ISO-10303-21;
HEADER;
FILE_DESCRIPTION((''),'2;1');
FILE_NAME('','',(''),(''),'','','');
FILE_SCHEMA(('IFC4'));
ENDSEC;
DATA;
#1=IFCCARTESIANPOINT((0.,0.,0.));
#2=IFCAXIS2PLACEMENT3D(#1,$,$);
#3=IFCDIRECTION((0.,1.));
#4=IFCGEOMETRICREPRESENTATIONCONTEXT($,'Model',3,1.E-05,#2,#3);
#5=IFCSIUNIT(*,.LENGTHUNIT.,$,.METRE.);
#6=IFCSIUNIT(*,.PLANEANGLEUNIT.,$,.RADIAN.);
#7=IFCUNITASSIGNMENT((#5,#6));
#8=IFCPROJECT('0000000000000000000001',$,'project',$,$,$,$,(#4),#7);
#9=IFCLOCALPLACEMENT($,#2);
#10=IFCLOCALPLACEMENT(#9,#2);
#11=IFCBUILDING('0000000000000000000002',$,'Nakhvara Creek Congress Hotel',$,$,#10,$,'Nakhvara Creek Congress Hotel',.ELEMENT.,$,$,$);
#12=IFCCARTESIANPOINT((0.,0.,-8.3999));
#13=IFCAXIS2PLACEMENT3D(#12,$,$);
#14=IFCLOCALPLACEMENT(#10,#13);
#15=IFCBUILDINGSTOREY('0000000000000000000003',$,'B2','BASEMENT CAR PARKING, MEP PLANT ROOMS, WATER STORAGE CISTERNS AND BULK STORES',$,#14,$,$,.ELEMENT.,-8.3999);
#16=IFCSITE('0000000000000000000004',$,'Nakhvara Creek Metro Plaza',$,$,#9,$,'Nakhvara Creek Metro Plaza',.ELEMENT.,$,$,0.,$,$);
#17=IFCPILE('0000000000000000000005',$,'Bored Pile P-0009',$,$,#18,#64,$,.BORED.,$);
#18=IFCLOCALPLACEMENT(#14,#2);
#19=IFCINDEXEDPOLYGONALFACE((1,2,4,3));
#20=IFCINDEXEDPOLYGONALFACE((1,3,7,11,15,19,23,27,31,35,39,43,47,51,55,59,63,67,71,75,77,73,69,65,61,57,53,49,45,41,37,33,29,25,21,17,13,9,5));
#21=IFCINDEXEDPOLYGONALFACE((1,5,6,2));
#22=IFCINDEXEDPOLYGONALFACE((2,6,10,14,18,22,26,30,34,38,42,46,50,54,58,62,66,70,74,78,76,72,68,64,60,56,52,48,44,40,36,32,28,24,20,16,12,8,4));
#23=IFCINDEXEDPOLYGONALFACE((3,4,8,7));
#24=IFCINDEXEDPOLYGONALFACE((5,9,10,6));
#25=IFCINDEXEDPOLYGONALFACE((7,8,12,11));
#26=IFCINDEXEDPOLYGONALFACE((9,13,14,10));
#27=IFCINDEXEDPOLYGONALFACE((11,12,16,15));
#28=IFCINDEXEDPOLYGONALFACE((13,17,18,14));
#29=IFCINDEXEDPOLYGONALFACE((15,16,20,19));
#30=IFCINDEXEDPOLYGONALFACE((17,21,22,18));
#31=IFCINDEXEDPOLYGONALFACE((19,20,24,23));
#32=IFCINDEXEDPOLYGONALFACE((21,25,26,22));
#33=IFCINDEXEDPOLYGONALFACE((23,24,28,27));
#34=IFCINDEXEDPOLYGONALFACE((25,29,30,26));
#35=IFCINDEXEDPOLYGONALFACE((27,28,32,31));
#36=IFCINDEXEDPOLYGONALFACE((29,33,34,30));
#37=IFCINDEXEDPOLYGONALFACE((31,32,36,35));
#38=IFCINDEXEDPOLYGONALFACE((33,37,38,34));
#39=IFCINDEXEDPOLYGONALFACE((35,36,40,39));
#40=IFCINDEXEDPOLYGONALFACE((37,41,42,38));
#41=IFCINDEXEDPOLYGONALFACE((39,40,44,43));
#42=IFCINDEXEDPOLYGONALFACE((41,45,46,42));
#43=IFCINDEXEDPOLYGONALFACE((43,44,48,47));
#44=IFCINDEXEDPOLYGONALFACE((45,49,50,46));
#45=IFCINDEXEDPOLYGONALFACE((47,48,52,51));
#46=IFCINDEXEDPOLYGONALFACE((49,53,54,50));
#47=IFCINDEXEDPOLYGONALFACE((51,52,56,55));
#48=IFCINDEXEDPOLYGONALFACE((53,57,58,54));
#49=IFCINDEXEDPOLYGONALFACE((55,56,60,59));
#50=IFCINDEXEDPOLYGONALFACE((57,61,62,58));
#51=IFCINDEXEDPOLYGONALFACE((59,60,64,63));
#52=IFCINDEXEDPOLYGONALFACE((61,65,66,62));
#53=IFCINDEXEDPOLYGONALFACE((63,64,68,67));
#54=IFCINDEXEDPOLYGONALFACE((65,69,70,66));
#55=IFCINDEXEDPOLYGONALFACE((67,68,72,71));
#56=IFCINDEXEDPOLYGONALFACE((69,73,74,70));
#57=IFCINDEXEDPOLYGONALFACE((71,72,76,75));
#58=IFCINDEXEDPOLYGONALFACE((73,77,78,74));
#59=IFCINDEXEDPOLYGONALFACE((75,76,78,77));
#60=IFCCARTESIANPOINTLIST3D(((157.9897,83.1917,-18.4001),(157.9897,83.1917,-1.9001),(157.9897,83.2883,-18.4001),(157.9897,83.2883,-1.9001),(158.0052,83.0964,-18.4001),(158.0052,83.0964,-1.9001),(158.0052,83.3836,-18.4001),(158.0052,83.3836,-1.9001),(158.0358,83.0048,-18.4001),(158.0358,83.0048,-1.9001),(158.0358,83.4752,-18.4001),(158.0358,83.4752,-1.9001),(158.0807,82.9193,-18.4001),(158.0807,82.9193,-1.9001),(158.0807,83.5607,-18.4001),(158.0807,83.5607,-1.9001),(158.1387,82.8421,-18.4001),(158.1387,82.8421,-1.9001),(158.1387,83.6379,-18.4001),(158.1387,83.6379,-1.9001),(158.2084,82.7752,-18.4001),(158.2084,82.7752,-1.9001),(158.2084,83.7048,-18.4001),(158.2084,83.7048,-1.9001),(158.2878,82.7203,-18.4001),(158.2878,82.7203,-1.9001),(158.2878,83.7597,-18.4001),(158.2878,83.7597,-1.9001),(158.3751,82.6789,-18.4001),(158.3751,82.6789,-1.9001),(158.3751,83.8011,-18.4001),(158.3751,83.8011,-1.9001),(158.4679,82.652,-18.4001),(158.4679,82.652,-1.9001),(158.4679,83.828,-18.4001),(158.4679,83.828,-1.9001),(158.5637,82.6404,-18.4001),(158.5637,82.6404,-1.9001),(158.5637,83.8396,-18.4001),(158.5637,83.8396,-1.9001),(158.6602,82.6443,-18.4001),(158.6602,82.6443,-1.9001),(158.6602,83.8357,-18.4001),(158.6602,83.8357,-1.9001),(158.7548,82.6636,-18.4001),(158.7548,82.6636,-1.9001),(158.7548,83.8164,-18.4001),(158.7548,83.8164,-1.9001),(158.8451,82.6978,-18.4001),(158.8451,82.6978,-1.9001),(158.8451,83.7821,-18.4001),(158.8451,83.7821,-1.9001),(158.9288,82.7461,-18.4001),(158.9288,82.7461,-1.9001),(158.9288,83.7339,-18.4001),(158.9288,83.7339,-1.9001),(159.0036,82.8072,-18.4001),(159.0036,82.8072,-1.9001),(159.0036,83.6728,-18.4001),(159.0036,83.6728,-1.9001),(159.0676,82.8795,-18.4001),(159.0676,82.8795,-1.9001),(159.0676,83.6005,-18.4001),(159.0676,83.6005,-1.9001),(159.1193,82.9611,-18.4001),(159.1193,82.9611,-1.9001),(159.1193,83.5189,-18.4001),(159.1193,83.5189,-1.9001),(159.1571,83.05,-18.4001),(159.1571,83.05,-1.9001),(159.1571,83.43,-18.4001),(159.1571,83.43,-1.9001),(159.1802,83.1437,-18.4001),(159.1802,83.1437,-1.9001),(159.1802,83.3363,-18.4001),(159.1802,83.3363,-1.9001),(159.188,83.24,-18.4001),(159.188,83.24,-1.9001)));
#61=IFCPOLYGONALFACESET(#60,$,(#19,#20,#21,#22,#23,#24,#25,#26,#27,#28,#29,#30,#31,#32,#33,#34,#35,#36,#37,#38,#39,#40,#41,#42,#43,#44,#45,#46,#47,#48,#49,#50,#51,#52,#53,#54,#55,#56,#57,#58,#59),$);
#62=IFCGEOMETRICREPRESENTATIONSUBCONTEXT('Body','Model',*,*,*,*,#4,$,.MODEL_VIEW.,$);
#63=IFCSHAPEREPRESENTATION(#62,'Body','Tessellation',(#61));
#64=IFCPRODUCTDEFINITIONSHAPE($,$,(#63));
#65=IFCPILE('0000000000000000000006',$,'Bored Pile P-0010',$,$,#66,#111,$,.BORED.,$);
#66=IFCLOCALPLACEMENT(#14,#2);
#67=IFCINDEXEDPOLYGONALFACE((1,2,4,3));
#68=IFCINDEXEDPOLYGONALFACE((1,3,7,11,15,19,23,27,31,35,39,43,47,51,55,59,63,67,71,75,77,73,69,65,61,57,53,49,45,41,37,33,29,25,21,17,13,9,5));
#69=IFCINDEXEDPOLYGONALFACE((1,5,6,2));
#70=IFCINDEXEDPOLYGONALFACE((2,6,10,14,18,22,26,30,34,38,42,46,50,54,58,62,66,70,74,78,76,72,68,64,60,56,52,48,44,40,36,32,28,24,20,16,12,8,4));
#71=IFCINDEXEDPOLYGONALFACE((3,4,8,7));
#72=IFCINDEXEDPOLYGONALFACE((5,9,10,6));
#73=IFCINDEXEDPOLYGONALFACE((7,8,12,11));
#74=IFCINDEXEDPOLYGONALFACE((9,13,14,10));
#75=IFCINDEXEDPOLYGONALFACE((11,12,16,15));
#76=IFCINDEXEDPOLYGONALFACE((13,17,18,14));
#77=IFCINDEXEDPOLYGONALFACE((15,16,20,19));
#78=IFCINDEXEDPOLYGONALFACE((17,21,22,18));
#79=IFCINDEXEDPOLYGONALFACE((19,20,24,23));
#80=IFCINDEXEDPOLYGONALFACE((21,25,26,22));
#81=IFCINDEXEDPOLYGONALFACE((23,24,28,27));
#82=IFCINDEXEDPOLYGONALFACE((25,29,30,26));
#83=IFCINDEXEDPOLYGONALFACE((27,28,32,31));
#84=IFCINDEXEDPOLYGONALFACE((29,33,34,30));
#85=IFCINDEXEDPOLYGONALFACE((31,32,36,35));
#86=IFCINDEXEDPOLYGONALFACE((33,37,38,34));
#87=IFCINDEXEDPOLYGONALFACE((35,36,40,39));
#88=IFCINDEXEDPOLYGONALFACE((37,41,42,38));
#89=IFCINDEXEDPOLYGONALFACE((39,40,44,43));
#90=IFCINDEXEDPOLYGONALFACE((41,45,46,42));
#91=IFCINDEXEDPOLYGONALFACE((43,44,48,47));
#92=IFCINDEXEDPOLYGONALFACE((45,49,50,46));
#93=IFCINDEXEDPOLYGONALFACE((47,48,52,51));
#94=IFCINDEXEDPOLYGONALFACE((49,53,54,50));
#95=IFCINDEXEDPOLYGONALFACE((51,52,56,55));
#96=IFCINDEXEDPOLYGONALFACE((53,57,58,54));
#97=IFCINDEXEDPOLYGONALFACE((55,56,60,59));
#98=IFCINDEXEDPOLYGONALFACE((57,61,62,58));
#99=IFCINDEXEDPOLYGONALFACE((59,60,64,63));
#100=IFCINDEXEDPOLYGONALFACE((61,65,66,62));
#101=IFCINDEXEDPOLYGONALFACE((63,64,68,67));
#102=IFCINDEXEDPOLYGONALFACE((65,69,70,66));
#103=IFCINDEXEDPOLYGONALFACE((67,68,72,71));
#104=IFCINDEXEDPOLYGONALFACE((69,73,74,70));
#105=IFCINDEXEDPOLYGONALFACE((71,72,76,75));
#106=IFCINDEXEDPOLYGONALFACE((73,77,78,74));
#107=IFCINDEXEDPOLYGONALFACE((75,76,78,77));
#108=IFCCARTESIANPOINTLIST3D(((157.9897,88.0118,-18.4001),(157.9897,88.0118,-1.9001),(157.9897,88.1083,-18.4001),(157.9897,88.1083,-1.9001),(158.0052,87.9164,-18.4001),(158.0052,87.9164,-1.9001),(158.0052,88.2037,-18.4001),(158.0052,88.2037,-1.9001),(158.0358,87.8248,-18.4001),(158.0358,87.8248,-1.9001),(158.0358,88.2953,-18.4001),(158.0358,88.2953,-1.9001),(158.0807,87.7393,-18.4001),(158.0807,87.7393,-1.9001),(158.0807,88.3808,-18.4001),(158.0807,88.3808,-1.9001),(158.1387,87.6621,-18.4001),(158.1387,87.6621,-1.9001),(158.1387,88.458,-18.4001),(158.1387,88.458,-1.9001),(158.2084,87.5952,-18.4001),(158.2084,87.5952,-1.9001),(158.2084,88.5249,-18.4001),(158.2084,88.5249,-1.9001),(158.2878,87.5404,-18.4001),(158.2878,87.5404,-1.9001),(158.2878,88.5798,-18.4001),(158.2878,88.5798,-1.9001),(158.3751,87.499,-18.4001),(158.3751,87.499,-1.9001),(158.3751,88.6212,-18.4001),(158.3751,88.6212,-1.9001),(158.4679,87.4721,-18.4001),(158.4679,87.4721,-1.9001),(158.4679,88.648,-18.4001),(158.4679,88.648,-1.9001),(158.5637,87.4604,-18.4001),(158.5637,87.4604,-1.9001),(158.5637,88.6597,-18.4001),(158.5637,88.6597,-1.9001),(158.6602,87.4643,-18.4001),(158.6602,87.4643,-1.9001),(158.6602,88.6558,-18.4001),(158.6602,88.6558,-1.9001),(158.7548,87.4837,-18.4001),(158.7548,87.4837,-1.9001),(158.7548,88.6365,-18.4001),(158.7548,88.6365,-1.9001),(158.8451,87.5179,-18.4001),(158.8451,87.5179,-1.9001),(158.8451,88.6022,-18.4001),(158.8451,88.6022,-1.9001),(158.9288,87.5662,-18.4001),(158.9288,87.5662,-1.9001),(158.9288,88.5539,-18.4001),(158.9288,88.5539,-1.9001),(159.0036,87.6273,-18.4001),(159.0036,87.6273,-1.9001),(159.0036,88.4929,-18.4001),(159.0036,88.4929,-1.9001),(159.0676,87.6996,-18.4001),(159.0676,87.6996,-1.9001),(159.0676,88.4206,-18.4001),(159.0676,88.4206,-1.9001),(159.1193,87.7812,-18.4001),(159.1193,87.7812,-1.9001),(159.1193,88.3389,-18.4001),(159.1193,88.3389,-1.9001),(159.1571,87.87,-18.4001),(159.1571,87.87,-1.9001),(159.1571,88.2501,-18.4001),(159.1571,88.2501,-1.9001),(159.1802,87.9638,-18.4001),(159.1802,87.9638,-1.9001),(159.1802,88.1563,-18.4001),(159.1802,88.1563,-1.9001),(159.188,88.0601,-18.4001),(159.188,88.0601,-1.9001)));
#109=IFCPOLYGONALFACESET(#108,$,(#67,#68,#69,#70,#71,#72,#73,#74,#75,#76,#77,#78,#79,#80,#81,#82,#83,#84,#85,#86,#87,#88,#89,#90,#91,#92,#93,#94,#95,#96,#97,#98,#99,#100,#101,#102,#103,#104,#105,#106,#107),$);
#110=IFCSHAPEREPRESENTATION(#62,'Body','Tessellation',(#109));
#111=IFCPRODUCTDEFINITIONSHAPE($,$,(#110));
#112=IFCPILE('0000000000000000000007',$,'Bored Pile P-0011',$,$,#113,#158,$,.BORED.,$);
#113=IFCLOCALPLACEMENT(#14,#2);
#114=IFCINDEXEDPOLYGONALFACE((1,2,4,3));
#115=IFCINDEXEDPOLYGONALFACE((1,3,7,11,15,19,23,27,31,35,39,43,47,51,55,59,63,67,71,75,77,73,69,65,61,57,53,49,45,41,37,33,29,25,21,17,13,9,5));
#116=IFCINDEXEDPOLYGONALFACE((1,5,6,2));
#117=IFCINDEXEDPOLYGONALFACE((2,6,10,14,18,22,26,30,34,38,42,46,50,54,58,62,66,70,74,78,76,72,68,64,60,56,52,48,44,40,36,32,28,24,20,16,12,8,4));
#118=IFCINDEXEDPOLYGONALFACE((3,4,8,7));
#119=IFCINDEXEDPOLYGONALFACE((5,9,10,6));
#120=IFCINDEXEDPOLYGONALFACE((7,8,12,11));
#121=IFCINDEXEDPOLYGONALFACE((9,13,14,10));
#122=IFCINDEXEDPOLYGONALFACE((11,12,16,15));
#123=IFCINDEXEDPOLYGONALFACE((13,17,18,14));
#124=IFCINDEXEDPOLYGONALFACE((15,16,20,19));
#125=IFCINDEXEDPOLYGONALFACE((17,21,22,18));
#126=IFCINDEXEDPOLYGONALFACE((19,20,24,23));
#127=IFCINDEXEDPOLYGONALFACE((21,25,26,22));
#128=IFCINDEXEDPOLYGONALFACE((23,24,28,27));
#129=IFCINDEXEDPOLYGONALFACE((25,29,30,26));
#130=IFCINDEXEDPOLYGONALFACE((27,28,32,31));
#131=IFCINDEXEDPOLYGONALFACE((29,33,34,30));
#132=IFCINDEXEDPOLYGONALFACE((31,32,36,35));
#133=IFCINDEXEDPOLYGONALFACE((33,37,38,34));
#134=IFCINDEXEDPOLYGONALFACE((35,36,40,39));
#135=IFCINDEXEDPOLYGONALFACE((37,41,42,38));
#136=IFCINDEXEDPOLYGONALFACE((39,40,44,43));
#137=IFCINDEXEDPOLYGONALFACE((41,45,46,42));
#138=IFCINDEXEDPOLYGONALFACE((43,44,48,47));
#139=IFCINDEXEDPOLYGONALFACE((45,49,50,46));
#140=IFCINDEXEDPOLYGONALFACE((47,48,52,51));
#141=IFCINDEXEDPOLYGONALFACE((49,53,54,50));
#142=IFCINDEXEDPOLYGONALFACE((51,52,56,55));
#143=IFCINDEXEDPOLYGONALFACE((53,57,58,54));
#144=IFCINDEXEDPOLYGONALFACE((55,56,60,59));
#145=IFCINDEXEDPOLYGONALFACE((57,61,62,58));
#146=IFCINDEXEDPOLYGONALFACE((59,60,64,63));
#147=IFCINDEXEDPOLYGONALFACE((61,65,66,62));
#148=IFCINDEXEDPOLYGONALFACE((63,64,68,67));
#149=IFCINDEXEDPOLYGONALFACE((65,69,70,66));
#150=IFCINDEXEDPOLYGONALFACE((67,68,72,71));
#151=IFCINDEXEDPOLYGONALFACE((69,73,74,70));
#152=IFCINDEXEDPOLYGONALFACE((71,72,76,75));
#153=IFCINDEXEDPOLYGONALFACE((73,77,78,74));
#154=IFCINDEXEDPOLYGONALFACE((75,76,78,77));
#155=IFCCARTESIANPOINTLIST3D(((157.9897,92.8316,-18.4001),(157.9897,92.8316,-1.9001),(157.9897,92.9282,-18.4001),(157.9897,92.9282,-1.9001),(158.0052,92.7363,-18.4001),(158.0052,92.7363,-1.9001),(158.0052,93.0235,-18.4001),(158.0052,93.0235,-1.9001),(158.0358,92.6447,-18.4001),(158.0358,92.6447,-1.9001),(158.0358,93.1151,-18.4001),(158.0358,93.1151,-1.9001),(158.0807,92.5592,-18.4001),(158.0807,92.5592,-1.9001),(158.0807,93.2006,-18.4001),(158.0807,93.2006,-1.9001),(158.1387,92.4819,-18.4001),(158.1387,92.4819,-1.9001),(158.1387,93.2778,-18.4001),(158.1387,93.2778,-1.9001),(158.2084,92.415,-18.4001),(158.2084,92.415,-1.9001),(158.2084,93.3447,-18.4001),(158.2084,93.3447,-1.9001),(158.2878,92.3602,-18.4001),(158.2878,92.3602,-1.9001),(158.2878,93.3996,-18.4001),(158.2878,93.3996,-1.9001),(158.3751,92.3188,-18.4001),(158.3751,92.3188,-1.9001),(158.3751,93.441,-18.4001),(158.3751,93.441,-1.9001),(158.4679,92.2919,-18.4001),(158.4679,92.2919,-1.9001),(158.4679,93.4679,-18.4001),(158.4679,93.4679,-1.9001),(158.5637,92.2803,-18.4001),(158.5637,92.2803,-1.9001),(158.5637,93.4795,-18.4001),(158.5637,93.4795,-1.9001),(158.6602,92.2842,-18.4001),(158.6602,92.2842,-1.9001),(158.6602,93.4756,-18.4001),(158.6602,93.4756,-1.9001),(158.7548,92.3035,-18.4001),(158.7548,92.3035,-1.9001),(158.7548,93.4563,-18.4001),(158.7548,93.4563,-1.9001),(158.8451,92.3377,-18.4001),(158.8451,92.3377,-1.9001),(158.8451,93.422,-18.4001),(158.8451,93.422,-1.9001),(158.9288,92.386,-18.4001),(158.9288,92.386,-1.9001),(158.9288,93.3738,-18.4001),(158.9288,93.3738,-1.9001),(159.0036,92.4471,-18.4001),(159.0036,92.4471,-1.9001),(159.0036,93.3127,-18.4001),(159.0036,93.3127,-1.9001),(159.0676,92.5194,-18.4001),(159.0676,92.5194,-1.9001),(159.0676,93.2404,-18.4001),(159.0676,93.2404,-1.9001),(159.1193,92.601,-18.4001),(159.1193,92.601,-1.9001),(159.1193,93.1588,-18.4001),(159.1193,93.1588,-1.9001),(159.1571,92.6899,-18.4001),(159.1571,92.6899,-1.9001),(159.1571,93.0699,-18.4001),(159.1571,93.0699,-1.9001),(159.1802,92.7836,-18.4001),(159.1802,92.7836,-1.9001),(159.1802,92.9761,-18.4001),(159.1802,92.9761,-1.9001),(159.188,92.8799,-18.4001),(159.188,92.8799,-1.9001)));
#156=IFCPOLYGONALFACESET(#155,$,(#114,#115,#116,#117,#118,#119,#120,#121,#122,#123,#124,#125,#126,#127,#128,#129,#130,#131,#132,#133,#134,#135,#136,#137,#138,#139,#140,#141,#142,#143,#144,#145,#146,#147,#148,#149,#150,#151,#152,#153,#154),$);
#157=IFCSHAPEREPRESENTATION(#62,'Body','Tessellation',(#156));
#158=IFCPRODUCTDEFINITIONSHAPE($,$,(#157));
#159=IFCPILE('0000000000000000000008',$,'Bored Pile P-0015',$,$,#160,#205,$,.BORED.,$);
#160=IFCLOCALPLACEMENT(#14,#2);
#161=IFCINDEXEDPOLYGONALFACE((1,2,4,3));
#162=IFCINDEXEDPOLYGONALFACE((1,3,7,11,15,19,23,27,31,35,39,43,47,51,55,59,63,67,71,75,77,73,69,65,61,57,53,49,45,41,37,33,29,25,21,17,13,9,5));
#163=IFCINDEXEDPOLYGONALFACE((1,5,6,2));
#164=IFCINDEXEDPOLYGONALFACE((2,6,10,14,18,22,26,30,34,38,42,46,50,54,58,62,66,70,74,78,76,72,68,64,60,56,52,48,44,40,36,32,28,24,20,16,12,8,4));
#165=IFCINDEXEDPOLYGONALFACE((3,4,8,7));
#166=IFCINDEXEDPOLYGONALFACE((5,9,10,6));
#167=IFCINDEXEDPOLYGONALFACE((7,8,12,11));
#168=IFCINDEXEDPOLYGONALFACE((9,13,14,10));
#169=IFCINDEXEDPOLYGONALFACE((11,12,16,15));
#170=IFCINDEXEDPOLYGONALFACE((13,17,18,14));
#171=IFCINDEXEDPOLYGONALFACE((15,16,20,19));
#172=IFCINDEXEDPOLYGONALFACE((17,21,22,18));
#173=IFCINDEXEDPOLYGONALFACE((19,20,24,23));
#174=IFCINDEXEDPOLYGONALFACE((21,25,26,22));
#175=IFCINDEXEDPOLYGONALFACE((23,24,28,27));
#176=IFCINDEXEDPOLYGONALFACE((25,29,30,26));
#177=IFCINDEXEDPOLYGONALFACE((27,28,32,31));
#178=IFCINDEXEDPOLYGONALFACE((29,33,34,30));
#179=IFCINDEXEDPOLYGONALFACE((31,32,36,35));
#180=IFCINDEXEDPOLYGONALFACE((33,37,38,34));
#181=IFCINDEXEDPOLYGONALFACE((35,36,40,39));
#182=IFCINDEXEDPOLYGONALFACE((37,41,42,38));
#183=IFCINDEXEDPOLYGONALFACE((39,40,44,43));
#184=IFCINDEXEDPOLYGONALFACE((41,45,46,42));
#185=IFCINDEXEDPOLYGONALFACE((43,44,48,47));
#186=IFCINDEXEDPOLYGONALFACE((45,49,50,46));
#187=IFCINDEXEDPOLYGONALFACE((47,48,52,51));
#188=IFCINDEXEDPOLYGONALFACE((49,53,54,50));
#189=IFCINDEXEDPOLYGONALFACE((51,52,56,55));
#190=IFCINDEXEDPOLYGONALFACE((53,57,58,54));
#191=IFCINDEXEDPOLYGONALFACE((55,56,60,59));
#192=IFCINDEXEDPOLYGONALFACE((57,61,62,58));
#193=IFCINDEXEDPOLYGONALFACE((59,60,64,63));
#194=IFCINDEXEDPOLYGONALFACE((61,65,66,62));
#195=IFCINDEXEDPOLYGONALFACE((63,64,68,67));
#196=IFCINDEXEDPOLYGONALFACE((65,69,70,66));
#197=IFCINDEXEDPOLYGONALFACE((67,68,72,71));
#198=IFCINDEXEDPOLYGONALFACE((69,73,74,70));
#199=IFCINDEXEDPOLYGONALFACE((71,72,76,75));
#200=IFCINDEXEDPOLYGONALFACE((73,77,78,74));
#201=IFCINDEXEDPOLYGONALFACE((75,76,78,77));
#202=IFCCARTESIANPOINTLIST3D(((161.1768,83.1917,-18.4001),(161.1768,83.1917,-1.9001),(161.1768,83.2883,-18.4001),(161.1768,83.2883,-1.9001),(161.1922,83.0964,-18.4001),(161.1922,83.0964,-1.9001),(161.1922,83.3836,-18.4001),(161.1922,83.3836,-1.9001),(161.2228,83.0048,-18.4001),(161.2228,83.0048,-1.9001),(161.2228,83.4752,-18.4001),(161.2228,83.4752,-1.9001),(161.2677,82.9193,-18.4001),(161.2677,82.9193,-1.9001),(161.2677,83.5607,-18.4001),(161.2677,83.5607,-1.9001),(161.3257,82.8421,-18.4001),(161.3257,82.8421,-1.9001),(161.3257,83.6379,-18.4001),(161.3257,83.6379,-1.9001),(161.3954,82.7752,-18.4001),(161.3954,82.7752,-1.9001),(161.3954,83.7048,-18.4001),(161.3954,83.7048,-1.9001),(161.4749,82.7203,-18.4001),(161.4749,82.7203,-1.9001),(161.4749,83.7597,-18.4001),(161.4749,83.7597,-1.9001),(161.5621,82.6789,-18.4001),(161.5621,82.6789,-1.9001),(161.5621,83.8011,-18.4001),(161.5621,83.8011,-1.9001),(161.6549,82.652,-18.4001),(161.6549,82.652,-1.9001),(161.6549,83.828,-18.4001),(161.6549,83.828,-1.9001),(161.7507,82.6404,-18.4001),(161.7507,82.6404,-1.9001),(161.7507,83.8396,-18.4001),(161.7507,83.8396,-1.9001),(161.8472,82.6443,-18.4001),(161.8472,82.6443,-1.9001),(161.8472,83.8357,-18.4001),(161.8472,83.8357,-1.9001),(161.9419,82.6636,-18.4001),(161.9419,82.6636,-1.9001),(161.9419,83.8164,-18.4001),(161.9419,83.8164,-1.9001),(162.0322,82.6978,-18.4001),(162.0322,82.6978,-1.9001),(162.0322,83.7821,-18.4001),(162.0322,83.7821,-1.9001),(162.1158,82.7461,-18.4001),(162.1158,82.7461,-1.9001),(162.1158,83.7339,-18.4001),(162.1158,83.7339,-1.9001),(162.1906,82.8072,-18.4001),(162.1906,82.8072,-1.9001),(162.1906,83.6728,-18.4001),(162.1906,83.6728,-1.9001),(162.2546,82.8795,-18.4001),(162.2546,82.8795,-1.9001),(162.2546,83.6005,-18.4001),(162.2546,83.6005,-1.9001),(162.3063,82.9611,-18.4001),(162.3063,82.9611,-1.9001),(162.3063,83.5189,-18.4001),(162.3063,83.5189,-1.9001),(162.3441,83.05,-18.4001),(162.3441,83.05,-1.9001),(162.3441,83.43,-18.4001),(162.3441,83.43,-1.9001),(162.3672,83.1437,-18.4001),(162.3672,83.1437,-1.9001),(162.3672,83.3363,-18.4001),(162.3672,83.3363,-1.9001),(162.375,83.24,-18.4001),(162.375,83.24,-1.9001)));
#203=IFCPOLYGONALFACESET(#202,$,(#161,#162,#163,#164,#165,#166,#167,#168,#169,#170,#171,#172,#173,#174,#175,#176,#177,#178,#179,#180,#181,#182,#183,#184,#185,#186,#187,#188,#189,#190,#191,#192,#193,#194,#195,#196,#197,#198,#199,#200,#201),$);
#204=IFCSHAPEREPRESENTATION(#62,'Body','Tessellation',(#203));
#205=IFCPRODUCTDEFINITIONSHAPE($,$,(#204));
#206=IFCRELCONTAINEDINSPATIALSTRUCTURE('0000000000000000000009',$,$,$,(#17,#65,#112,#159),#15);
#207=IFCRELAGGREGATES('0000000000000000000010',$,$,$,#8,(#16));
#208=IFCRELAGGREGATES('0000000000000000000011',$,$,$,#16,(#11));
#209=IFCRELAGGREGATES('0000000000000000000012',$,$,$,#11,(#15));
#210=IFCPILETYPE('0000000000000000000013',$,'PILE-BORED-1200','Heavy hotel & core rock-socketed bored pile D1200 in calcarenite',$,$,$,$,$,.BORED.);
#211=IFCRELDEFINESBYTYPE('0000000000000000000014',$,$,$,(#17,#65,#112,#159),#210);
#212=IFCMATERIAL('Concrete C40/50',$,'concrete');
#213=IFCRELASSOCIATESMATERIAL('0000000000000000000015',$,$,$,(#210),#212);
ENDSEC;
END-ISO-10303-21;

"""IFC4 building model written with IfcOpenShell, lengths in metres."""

from ifc_helpers import new_model, si_unit, direction, frame, origin, origin_2d, place, context, subcontext, project, spatial, circle, extrude, material, material_profile, profile_set, type_object, element, save


model = new_model("IFC4")

# Units and contexts
model_context = context("Model", 3, precision=1e-05, world=origin(), true_north=direction((0.0, 1.0)))
body_context = subcontext(model_context, "Body", "Model", "MODEL_VIEW")
ifc_project = project(units=[si_unit("LENGTHUNIT", "METRE"), si_unit("PLANEANGLEUNIT", "RADIAN")], contexts=[model_context])

# Site, building, storey
site_placement = place(None, origin())
site = spatial("IfcSite", under=ifc_project, at=site_placement, Name="Nakhvara Creek Metro Plaza", LongName="Nakhvara Creek Metro Plaza", CompositionType="ELEMENT", RefElevation=0.0)
building_placement = place(site_placement, origin())
building = spatial("IfcBuilding", under=site, at=building_placement, Name="Nakhvara Creek Congress Hotel", LongName="Nakhvara Creek Congress Hotel", CompositionType="ELEMENT")
storey_placement = place(building_placement, frame((0.0, 0.0, -8.3999)))
storey = spatial("IfcBuildingStorey", under=building, at=storey_placement, Name="B2", Description="BASEMENT CAR PARKING, MEP PLANT ROOMS, WATER STORAGE CISTERNS AND BULK STORES", CompositionType="ELEMENT", Elevation=-8.3999)

# Shared definitions
ifc_material_1 = material(Name="Concrete C40/50", Category="concrete")

# Piles
ifc_material_profile_1 = material_profile(ifc_material_1, circle(Radius=0.6001, at=origin_2d()), Name="BORED PILE D1200", Category="LoadBearing")
ifc_profile_set_1 = profile_set([ifc_material_profile_1], Name="Concrete C40/50")
pile_type = type_object("IfcPileType", Name="PILE-BORED-1200", Description="Heavy hotel & core rock-socketed bored pile D1200 in calcarenite", PredefinedType="BORED", material=ifc_profile_set_1)
for number, where, z_axis, x_axis, name in (
    (1, (158.5879, 83.24, -1.9001), (0.0, 0.0, -1.0), (1.0, 0.0, 0.0), "Bored Pile P-0009"),
    (2, (158.5879, 88.0601, -1.9001), (0.0, 0.0, -1.0), (1.0, 0.0, 0.0), "Bored Pile P-0010"),
    (3, (158.5879, 92.8799, -1.9001), (0.0, 0.0, -1.0), (1.0, 0.0, 0.0), "Bored Pile P-0011"),
    (4, (161.7749, 83.24, -1.9001), (0.0, 0.0, -1.0), (1.0, 0.0, 0.0), "Bored Pile P-0015"),
):
    element("IfcPile", number, at=place(storey_placement, frame(where, z_axis=z_axis, x_axis=x_axis)), inside=storey, type_object=pile_type, Name=name, PredefinedType="BORED", context=body_context, shape_type="SweptSolid", body=[
        extrude(circle(Radius=0.6001, at=origin_2d()), origin(), (0.0, 0.0, 1.0), 16.5),
    ])

save(model, "model.ifc")
